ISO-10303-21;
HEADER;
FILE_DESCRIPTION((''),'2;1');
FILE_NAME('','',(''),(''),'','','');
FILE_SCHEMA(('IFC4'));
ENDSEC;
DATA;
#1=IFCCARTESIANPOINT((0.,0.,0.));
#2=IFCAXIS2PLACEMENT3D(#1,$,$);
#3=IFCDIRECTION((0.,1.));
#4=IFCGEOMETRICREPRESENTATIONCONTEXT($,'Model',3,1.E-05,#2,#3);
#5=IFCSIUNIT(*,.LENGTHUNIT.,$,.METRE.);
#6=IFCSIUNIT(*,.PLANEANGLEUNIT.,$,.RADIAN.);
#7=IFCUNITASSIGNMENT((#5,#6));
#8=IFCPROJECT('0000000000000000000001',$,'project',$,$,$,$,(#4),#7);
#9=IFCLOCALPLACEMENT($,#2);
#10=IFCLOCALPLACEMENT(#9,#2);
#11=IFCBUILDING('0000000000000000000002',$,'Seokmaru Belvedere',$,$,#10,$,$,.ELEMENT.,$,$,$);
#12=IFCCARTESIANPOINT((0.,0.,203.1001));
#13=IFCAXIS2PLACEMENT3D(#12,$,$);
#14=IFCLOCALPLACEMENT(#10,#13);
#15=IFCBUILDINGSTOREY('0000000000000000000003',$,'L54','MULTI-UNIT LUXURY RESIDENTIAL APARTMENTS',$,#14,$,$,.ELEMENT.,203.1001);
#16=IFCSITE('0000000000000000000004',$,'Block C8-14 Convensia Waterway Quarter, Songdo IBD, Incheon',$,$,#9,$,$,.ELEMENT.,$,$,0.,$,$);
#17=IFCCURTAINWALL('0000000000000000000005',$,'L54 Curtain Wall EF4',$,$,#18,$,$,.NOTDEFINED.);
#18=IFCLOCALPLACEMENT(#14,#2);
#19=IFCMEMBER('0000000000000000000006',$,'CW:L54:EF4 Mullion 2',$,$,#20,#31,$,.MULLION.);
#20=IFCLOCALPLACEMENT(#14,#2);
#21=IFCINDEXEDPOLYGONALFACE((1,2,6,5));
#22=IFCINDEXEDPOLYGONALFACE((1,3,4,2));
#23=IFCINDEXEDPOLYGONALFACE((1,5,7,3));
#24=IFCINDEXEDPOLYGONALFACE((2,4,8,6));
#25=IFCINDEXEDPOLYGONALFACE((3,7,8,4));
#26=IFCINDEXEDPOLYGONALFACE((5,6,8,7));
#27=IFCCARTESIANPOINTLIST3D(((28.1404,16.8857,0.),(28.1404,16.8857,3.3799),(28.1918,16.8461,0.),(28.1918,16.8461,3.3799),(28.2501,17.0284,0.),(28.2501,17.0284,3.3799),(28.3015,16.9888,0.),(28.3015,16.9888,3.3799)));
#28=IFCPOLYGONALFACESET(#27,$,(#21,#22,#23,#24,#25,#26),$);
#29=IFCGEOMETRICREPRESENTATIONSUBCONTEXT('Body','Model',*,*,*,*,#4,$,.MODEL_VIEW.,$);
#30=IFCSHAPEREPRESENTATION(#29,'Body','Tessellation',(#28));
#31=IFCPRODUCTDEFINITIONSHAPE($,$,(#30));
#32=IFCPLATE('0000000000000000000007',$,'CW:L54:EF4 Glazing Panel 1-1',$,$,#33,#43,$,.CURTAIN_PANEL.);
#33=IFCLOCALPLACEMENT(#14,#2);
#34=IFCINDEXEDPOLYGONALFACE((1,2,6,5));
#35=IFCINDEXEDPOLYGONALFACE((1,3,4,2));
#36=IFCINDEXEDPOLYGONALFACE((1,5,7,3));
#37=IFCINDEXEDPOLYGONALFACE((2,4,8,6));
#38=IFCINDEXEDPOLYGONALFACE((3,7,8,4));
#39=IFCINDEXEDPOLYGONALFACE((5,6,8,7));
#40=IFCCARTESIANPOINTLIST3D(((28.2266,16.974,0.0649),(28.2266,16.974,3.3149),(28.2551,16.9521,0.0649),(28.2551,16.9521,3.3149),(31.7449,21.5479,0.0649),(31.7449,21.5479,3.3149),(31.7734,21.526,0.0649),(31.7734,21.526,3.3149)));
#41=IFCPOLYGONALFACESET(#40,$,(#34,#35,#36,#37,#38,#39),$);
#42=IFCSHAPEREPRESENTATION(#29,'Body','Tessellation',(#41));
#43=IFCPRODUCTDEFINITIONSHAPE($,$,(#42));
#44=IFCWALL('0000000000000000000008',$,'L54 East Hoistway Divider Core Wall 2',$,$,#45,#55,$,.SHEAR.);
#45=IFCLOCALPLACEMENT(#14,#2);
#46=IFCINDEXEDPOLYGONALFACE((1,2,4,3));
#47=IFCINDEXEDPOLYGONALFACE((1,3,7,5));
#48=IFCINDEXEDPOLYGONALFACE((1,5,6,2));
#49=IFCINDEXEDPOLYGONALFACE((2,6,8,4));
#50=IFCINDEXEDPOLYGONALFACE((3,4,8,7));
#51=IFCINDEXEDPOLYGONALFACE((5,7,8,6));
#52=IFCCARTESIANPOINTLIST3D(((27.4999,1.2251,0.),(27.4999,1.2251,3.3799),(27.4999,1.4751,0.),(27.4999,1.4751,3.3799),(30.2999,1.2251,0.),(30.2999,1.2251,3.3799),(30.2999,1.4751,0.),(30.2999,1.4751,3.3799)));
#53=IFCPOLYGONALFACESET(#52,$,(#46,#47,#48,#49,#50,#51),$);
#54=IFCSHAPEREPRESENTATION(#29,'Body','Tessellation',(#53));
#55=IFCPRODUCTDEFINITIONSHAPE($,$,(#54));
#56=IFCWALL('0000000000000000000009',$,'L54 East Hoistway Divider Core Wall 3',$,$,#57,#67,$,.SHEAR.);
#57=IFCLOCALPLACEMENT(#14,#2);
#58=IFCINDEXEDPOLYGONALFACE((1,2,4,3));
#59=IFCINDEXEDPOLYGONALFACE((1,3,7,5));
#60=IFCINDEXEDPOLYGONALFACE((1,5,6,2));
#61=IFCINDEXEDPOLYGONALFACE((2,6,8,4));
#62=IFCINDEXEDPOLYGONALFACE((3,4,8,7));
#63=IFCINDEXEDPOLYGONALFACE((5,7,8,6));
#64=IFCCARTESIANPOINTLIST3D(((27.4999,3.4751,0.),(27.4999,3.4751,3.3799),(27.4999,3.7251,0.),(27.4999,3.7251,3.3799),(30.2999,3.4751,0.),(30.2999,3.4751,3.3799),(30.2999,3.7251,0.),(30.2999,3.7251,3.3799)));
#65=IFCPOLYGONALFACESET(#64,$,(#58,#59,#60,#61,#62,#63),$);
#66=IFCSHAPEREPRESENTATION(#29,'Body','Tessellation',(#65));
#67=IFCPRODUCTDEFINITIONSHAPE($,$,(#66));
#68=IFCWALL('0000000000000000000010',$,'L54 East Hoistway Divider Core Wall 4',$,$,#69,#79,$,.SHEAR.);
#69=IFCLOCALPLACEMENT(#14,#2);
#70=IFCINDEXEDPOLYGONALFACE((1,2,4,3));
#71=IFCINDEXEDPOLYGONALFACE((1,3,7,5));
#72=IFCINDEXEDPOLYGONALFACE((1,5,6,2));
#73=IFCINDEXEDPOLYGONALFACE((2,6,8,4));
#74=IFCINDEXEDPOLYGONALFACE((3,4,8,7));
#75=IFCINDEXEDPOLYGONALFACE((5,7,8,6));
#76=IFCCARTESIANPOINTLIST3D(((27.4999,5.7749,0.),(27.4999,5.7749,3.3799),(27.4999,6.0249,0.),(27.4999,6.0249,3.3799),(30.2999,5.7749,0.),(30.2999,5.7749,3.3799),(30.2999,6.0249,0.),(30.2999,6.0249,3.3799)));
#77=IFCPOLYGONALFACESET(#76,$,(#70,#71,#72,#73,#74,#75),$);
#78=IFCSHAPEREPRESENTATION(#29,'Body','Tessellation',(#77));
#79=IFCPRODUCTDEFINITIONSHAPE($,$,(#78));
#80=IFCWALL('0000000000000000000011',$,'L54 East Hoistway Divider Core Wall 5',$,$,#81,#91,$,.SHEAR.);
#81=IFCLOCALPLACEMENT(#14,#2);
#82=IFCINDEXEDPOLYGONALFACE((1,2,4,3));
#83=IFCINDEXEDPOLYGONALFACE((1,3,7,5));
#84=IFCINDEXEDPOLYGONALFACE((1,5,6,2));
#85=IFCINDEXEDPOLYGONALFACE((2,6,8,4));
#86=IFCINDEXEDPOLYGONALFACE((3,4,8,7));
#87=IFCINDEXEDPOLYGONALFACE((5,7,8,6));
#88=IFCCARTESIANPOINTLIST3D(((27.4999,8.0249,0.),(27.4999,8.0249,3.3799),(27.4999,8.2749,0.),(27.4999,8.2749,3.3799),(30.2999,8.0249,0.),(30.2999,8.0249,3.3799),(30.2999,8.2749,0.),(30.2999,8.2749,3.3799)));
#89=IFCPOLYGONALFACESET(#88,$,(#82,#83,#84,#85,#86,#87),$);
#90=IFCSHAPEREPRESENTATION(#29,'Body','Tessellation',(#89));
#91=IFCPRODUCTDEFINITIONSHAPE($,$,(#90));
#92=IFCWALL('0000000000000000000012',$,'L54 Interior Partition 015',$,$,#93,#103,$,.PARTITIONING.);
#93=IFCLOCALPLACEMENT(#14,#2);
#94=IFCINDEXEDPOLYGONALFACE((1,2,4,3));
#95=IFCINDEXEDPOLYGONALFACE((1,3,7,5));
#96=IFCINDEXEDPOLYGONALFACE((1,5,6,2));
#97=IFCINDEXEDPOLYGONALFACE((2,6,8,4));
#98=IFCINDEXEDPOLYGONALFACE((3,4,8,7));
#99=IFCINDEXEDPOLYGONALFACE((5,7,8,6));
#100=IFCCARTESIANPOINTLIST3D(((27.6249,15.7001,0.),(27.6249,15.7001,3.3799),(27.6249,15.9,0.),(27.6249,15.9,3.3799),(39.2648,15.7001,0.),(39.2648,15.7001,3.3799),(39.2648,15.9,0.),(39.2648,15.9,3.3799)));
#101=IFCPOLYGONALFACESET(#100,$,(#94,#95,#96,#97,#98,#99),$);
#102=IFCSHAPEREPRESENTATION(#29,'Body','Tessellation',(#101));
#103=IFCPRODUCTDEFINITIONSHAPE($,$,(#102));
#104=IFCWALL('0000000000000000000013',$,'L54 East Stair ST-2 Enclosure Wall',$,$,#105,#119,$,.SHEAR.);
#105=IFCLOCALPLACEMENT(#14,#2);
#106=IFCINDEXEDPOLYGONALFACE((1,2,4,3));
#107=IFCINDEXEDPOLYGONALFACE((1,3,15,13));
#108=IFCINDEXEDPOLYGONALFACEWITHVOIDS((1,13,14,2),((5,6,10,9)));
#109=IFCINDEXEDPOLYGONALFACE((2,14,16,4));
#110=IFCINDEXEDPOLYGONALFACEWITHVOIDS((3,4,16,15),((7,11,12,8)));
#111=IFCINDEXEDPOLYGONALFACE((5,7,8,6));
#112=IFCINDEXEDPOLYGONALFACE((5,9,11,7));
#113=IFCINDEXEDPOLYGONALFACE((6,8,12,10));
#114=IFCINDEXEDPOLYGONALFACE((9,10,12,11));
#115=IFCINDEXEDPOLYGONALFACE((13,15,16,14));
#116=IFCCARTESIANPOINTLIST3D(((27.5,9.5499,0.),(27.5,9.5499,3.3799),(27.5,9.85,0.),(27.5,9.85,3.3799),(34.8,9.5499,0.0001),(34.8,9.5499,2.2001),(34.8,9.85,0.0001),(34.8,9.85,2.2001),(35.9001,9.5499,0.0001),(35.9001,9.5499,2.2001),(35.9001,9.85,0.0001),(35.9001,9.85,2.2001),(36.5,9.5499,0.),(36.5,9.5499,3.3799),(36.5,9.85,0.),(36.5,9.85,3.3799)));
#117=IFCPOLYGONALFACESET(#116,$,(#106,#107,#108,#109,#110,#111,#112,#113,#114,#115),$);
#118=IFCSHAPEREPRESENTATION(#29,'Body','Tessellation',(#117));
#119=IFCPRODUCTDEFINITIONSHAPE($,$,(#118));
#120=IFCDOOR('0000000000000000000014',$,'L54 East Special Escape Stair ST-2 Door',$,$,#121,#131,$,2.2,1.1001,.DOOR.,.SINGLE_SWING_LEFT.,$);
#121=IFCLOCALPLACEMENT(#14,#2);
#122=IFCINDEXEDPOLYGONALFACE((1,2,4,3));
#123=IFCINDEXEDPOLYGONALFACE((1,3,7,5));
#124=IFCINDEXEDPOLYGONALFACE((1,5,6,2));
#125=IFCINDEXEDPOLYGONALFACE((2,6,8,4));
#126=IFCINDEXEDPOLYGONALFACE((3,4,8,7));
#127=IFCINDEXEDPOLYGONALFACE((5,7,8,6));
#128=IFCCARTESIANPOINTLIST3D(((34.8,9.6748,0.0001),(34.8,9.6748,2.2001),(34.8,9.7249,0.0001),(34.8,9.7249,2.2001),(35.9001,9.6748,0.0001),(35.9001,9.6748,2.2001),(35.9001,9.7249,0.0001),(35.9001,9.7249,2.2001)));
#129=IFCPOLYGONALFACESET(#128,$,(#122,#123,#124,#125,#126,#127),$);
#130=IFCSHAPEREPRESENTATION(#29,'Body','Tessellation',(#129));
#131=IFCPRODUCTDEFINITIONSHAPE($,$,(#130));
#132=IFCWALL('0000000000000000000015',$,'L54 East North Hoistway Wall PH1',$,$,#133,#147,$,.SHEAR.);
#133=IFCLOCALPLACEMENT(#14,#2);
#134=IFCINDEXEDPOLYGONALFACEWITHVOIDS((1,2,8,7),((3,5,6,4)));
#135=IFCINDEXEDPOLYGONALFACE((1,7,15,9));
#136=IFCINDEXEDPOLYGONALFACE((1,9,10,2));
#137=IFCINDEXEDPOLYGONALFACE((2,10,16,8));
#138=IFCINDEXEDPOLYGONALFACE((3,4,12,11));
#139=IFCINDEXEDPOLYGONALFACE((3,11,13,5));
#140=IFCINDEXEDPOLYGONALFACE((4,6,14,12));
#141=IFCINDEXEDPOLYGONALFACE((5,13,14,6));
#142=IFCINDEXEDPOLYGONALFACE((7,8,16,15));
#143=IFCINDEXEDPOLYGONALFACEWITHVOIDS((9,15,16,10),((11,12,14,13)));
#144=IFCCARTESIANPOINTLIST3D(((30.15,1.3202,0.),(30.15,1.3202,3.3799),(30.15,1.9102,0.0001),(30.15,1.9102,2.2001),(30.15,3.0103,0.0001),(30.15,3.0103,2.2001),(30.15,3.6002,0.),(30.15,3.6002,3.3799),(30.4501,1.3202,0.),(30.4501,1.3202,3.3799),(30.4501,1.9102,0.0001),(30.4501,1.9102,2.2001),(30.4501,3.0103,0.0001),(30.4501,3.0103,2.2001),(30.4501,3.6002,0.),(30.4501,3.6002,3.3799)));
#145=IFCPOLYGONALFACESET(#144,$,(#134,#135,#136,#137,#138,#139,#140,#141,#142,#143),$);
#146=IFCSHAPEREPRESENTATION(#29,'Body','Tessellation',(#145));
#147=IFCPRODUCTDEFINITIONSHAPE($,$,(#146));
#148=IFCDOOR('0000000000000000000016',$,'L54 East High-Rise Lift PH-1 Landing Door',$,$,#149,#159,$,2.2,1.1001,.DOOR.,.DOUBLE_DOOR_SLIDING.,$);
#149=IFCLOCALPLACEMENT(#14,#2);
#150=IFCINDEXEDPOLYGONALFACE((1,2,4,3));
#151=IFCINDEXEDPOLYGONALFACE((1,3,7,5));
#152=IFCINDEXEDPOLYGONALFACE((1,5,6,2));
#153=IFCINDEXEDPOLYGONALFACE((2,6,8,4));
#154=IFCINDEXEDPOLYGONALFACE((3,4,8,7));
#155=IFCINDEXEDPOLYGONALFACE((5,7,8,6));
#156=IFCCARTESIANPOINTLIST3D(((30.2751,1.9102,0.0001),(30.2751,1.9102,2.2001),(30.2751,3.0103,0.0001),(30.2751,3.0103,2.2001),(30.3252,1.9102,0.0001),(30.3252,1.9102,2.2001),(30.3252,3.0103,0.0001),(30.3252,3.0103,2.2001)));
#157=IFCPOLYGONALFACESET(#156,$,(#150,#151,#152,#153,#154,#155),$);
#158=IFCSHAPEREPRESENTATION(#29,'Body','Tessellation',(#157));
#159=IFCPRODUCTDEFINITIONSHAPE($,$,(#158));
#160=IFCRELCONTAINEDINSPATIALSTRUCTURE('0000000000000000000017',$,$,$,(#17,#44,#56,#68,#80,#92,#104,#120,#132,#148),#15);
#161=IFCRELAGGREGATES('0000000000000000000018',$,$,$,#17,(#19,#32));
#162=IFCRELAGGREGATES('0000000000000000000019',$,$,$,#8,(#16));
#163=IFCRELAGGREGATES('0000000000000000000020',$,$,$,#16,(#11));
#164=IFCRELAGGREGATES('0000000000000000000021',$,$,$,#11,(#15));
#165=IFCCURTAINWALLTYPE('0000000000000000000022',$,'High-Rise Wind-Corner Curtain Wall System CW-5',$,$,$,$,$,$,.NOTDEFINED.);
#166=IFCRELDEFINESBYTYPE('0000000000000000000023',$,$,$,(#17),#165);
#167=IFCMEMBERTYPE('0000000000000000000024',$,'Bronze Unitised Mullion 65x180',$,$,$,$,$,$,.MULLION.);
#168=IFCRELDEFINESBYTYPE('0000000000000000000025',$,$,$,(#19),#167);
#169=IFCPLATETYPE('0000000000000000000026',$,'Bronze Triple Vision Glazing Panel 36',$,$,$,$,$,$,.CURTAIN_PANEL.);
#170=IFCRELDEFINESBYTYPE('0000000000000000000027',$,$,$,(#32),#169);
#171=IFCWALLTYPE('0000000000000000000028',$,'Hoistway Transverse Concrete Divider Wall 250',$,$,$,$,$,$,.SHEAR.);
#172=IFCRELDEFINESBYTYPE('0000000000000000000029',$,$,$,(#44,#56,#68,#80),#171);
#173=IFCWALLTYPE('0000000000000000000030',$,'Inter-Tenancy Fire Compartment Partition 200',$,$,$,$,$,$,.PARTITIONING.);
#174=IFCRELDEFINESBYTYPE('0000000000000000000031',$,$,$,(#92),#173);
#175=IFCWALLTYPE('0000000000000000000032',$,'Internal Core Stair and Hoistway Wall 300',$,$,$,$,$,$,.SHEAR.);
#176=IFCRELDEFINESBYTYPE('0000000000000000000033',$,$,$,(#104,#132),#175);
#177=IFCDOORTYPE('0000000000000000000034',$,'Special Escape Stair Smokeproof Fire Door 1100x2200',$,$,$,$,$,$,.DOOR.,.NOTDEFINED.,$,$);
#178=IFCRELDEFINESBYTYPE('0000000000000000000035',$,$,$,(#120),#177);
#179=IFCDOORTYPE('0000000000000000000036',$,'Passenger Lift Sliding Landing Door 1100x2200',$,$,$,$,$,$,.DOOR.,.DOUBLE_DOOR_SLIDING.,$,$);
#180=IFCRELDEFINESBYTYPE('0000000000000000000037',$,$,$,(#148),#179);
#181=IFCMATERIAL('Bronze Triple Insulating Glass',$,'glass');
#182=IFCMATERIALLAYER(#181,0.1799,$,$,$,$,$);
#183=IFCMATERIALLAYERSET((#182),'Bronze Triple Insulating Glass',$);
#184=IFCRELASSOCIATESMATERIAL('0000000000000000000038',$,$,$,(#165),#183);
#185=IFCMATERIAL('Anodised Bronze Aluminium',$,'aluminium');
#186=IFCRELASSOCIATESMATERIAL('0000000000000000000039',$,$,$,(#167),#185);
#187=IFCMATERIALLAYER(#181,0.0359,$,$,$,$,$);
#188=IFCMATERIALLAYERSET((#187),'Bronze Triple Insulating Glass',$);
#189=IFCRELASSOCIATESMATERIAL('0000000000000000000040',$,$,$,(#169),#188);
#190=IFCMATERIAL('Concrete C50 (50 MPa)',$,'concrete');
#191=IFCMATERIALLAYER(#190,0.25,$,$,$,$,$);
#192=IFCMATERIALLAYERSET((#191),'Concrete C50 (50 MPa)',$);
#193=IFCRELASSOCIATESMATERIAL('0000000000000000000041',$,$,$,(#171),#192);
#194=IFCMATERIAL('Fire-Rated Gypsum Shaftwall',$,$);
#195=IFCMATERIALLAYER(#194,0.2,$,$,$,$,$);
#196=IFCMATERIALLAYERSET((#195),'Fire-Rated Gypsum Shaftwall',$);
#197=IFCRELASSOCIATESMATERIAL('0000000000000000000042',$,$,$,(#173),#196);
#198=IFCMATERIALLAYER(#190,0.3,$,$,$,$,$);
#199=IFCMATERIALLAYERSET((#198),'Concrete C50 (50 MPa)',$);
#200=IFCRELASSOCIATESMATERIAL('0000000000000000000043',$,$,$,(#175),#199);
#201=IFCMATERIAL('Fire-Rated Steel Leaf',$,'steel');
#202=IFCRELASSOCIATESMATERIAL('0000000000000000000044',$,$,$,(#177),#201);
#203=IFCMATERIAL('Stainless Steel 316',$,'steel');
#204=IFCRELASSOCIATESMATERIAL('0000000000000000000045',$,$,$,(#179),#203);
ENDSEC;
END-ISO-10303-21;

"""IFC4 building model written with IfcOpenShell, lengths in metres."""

from ifc_helpers import new_model, si_unit, direction, frame, frame_2d, origin, origin_2d, place, context, subcontext, project, spatial, rectangle, extrude, source, transform, mapped, material, layer, layer_set, material_profile, profile_set, type_object, type_shapes, element, fill, aggregate, save


model = new_model("IFC4")

# Units and contexts
model_context = context("Model", 3, precision=1e-05, world=origin(), true_north=direction((0.0, 1.0)))
body_context = subcontext(model_context, "Body", "Model", "MODEL_VIEW")
ifc_project = project(units=[si_unit("LENGTHUNIT", "METRE"), si_unit("PLANEANGLEUNIT", "RADIAN")], contexts=[model_context])

# Site, building, storey
site_placement = place(None, origin())
site = spatial("IfcSite", under=ifc_project, at=site_placement, Name="Block C8-14 Convensia Waterway Quarter, Songdo IBD, Incheon", CompositionType="ELEMENT", RefElevation=0.0)
building_placement = place(site_placement, origin())
building = spatial("IfcBuilding", under=site, at=building_placement, Name="Seokmaru Belvedere", CompositionType="ELEMENT")
storey_placement = place(building_placement, frame((0.0, 0.0, 203.1001)))
storey = spatial("IfcBuildingStorey", under=building, at=storey_placement, Name="L54", Description="MULTI-UNIT LUXURY RESIDENTIAL APARTMENTS", CompositionType="ELEMENT", Elevation=203.1001)

# Curtain wall, member, plate
ifc_material_1 = material(Name="Bronze Triple Insulating Glass", Category="glass")
ifc_layer_1 = layer(ifc_material_1, 0.1799)
ifc_layer_set_1 = layer_set([ifc_layer_1], Name="Bronze Triple Insulating Glass")
curtain_wall_type = type_object("IfcCurtainWallType", Name="High-Rise Wind-Corner Curtain Wall System CW-5", PredefinedType="NOTDEFINED", material=ifc_layer_set_1)
curtain_wall_placement = place(storey_placement, origin())
curtain_wall = element("IfcCurtainWall", 1, at=curtain_wall_placement, inside=storey, type_object=curtain_wall_type, Name="L54 Curtain Wall EF4", PredefinedType="NOTDEFINED")
ifc_material_2 = material(Name="Anodised Bronze Aluminium", Category="aluminium")
ifc_material_profile_1 = material_profile(ifc_material_2, rectangle(XDim=0.0649, YDim=0.1799, at=origin_2d()), Name="CW-M-65x180")
ifc_profile_set_1 = profile_set([ifc_material_profile_1], Name="Anodised Bronze Aluminium")
member_type = type_object("IfcMemberType", Name="Bronze Unitised Mullion 65x180", PredefinedType="MULLION", material=ifc_profile_set_1)
shared_shape_1 = source(origin(), body_context, "Body", "SweptSolid", [
    extrude(rectangle(XDim=0.0649, YDim=0.1799, at=origin_2d()), origin(), (0.0, 0.0, 1.0), 3.3799),
])
type_shapes(member_type, [shared_shape_1])
member_placement = place(storey_placement, frame((28.2209, 16.9373, 0.0), z_axis=(0.0, 0.0, 1.0), x_axis=(0.792631, -0.609701, 0.0)))
member = element("IfcMember", 2, at=member_placement, type_object=member_type, Name="CW:L54:EF4 Mullion 2", PredefinedType="MULLION", context=body_context, shape_type="MappedRepresentation", body=[
    mapped(shared_shape_1, transform((0.0, 0.0, 0.0), scale=1.0)),
])
ifc_layer_2 = layer(ifc_material_1, 0.0359)
ifc_layer_set_2 = layer_set([ifc_layer_2], Name="Bronze Triple Insulating Glass")
plate_type = type_object("IfcPlateType", Name="Bronze Triple Vision Glazing Panel 36", PredefinedType="CURTAIN_PANEL", material=ifc_layer_set_2)
shared_shape_2 = source(origin(), body_context, "Body", "SweptSolid", [
    extrude(rectangle(XDim=5.7705, YDim=0.0359, at=origin_2d()), origin(), (0.0, 0.0, 1.0), 3.25),
])
type_shapes(plate_type, [shared_shape_2])
plate_placement = place(storey_placement, frame((30.0, 19.25, 0.0649), z_axis=(0.0, 0.0, 1.0), x_axis=(-0.609701, -0.792631, 0.0)))
plate = element("IfcPlate", 3, at=plate_placement, type_object=plate_type, Name="CW:L54:EF4 Glazing Panel 1-1", PredefinedType="CURTAIN_PANEL", context=body_context, shape_type="MappedRepresentation", body=[
    mapped(shared_shape_2, transform((0.0, 0.0, 0.0), scale=1.0)),
])
aggregate(curtain_wall, [member, plate])

# Walls
ifc_material_3 = material(Name="Concrete C50 (50 MPa)", Category="concrete")
ifc_layer_3 = layer(ifc_material_3, 0.25)
ifc_layer_set_3 = layer_set([ifc_layer_3], Name="Concrete C50 (50 MPa)")
wall_type_1 = type_object("IfcWallType", Name="Hoistway Transverse Concrete Divider Wall 250", PredefinedType="SHEAR", material=ifc_layer_set_3)
for number, where, z_axis, x_axis, name in (
    (4, (27.5, 1.3501, 0.0), (0.0, 0.0, 1.0), (1.0, 0.0, 0.0), "L54 East Hoistway Divider Core Wall 2"),
    (5, (27.5, 3.6001, 0.0), (0.0, 0.0, 1.0), (1.0, 0.0, 0.0), "L54 East Hoistway Divider Core Wall 3"),
    (6, (27.5, 5.8999, 0.0), (0.0, 0.0, 1.0), (1.0, 0.0, 0.0), "L54 East Hoistway Divider Core Wall 4"),
    (7, (27.5, 8.1499, 0.0), (0.0, 0.0, 1.0), (1.0, 0.0, 0.0), "L54 East Hoistway Divider Core Wall 5"),
):
    element("IfcWall", number, at=place(storey_placement, frame(where, z_axis=z_axis, x_axis=x_axis)), inside=storey, type_object=wall_type_1, Name=name, PredefinedType="SHEAR", context=body_context, shape_type="SweptSolid", body=[
        extrude(rectangle(XDim=2.8, YDim=0.25, at=frame_2d((1.3999, 0.0))), origin(), (0.0, 0.0, 1.0), 3.3799),
    ])
ifc_material_4 = material(Name="Fire-Rated Gypsum Shaftwall")
ifc_layer_4 = layer(ifc_material_4, 0.2)
ifc_layer_set_4 = layer_set([ifc_layer_4], Name="Fire-Rated Gypsum Shaftwall")
wall_type_2 = type_object("IfcWallType", Name="Inter-Tenancy Fire Compartment Partition 200", PredefinedType="PARTITIONING", material=ifc_layer_set_4)
wall_1_placement = place(storey_placement, frame((27.625, 15.8, 0.0), z_axis=(0.0, 0.0, 1.0), x_axis=(1.0, 0.0, 0.0)))
element("IfcWall", 8, at=wall_1_placement, inside=storey, type_object=wall_type_2, Name="L54 Interior Partition 015", PredefinedType="PARTITIONING", context=body_context, shape_type="SweptSolid", body=[
    extrude(rectangle(XDim=11.6399, YDim=0.2, at=frame_2d((5.8198, 0.0))), origin(), (0.0, 0.0, 1.0), 3.3799),
])

# Walls, openings, doors
ifc_layer_5 = layer(ifc_material_3, 0.3)
ifc_layer_set_5 = layer_set([ifc_layer_5], Name="Concrete C50 (50 MPa)")
wall_type_3 = type_object("IfcWallType", Name="Internal Core Stair and Hoistway Wall 300", PredefinedType="SHEAR", material=ifc_layer_set_5)
wall_2_placement = place(storey_placement, frame((27.5, 9.7, 0.0), z_axis=(0.0, 0.0, 1.0), x_axis=(1.0, 0.0, 0.0)))
wall_2 = element("IfcWall", 9, at=wall_2_placement, inside=storey, type_object=wall_type_3, Name="L54 East Stair ST-2 Enclosure Wall", PredefinedType="SHEAR", context=body_context, shape_type="SweptSolid", body=[
    extrude(rectangle(XDim=9.0, YDim=0.3, at=frame_2d((4.5, 0.0))), origin(), (0.0, 0.0, 1.0), 3.3799),
])
opening_1_placement = place(wall_2_placement, frame((7.3, 0.0, 0.0)))
opening_1 = element("IfcOpeningElement", 10, at=opening_1_placement, cuts=wall_2, PredefinedType="OPENING", context=body_context, shape_type="SweptSolid", body=[
    extrude(rectangle(XDim=1.1001, YDim=2.2, at=frame_2d((0.55, 1.1001))), frame((0.0, 0.1602, 0.0), z_axis=(0.0, -1.0, 0.0), x_axis=(1.0, 0.0, 0.0)), (0.0, 0.0, 1.0), 0.3201),
])
ifc_material_5 = material(Name="Fire-Rated Steel Leaf", Category="steel")
door_type_1 = type_object("IfcDoorType", Name="Special Escape Stair Smokeproof Fire Door 1100x2200", OperationType="NOTDEFINED", PredefinedType="DOOR", material=ifc_material_5)
shared_shape_3 = source(origin(), body_context, "Body", "SweptSolid", [
    extrude(rectangle(XDim=1.1001, YDim=2.2, at=frame_2d((0.55, 1.1001))), frame((0.0, 0.0249, 0.0), z_axis=(0.0, -1.0, 0.0), x_axis=(1.0, 0.0, 0.0)), (0.0, 0.0, 1.0), 0.05),
])
type_shapes(door_type_1, [shared_shape_3])
door_1_placement = place(opening_1_placement, origin())
door_1 = element("IfcDoor", 11, at=door_1_placement, inside=storey, type_object=door_type_1, Name="L54 East Special Escape Stair ST-2 Door", OperationType="SINGLE_SWING_LEFT", OverallHeight=2.2, OverallWidth=1.1001, PredefinedType="DOOR", context=body_context, shape_type="MappedRepresentation", body=[
    mapped(shared_shape_3, transform((0.0, 0.0, 0.0), scale=1.0)),
])
fill(opening_1, door_1)
wall_3_placement = place(storey_placement, frame((30.3, 1.3201, 0.0), z_axis=(0.0, 0.0, 1.0), x_axis=(0.0, 1.0, 0.0)))
wall_3 = element("IfcWall", 12, at=wall_3_placement, inside=storey, type_object=wall_type_3, Name="L54 East North Hoistway Wall PH1", PredefinedType="SHEAR", context=body_context, shape_type="SweptSolid", body=[
    extrude(rectangle(XDim=2.28, YDim=0.3, at=frame_2d((1.1401, 0.0))), origin(), (0.0, 0.0, 1.0), 3.3799),
])
opening_2_placement = place(wall_3_placement, frame((0.5901, 0.0, 0.0)))
opening_2 = element("IfcOpeningElement", 13, at=opening_2_placement, cuts=wall_3, PredefinedType="OPENING", context=body_context, shape_type="SweptSolid", body=[
    extrude(rectangle(XDim=1.1001, YDim=2.2, at=frame_2d((0.55, 1.1001))), frame((0.0, 0.1602, 0.0), z_axis=(0.0, -1.0, 0.0), x_axis=(1.0, 0.0, 0.0)), (0.0, 0.0, 1.0), 0.3201),
])
ifc_material_6 = material(Name="Stainless Steel 316", Category="steel")
door_type_2 = type_object("IfcDoorType", Name="Passenger Lift Sliding Landing Door 1100x2200", OperationType="DOUBLE_DOOR_SLIDING", PredefinedType="DOOR", material=ifc_material_6)
shared_shape_4 = source(origin(), body_context, "Body", "SweptSolid", [
    extrude(rectangle(XDim=1.1001, YDim=2.2, at=frame_2d((0.55, 1.1001))), frame((0.0, 0.0249, 0.0), z_axis=(0.0, -1.0, 0.0), x_axis=(1.0, 0.0, 0.0)), (0.0, 0.0, 1.0), 0.05),
])
type_shapes(door_type_2, [shared_shape_4])
door_2_placement = place(opening_2_placement, origin())
door_2 = element("IfcDoor", 14, at=door_2_placement, inside=storey, type_object=door_type_2, Name="L54 East High-Rise Lift PH-1 Landing Door", OperationType="DOUBLE_DOOR_SLIDING", OverallHeight=2.2, OverallWidth=1.1001, PredefinedType="DOOR", context=body_context, shape_type="MappedRepresentation", body=[
    mapped(shared_shape_4, transform((0.0, 0.0, 0.0), scale=1.0)),
])
fill(opening_2, door_2)

save(model, "model.ifc")
